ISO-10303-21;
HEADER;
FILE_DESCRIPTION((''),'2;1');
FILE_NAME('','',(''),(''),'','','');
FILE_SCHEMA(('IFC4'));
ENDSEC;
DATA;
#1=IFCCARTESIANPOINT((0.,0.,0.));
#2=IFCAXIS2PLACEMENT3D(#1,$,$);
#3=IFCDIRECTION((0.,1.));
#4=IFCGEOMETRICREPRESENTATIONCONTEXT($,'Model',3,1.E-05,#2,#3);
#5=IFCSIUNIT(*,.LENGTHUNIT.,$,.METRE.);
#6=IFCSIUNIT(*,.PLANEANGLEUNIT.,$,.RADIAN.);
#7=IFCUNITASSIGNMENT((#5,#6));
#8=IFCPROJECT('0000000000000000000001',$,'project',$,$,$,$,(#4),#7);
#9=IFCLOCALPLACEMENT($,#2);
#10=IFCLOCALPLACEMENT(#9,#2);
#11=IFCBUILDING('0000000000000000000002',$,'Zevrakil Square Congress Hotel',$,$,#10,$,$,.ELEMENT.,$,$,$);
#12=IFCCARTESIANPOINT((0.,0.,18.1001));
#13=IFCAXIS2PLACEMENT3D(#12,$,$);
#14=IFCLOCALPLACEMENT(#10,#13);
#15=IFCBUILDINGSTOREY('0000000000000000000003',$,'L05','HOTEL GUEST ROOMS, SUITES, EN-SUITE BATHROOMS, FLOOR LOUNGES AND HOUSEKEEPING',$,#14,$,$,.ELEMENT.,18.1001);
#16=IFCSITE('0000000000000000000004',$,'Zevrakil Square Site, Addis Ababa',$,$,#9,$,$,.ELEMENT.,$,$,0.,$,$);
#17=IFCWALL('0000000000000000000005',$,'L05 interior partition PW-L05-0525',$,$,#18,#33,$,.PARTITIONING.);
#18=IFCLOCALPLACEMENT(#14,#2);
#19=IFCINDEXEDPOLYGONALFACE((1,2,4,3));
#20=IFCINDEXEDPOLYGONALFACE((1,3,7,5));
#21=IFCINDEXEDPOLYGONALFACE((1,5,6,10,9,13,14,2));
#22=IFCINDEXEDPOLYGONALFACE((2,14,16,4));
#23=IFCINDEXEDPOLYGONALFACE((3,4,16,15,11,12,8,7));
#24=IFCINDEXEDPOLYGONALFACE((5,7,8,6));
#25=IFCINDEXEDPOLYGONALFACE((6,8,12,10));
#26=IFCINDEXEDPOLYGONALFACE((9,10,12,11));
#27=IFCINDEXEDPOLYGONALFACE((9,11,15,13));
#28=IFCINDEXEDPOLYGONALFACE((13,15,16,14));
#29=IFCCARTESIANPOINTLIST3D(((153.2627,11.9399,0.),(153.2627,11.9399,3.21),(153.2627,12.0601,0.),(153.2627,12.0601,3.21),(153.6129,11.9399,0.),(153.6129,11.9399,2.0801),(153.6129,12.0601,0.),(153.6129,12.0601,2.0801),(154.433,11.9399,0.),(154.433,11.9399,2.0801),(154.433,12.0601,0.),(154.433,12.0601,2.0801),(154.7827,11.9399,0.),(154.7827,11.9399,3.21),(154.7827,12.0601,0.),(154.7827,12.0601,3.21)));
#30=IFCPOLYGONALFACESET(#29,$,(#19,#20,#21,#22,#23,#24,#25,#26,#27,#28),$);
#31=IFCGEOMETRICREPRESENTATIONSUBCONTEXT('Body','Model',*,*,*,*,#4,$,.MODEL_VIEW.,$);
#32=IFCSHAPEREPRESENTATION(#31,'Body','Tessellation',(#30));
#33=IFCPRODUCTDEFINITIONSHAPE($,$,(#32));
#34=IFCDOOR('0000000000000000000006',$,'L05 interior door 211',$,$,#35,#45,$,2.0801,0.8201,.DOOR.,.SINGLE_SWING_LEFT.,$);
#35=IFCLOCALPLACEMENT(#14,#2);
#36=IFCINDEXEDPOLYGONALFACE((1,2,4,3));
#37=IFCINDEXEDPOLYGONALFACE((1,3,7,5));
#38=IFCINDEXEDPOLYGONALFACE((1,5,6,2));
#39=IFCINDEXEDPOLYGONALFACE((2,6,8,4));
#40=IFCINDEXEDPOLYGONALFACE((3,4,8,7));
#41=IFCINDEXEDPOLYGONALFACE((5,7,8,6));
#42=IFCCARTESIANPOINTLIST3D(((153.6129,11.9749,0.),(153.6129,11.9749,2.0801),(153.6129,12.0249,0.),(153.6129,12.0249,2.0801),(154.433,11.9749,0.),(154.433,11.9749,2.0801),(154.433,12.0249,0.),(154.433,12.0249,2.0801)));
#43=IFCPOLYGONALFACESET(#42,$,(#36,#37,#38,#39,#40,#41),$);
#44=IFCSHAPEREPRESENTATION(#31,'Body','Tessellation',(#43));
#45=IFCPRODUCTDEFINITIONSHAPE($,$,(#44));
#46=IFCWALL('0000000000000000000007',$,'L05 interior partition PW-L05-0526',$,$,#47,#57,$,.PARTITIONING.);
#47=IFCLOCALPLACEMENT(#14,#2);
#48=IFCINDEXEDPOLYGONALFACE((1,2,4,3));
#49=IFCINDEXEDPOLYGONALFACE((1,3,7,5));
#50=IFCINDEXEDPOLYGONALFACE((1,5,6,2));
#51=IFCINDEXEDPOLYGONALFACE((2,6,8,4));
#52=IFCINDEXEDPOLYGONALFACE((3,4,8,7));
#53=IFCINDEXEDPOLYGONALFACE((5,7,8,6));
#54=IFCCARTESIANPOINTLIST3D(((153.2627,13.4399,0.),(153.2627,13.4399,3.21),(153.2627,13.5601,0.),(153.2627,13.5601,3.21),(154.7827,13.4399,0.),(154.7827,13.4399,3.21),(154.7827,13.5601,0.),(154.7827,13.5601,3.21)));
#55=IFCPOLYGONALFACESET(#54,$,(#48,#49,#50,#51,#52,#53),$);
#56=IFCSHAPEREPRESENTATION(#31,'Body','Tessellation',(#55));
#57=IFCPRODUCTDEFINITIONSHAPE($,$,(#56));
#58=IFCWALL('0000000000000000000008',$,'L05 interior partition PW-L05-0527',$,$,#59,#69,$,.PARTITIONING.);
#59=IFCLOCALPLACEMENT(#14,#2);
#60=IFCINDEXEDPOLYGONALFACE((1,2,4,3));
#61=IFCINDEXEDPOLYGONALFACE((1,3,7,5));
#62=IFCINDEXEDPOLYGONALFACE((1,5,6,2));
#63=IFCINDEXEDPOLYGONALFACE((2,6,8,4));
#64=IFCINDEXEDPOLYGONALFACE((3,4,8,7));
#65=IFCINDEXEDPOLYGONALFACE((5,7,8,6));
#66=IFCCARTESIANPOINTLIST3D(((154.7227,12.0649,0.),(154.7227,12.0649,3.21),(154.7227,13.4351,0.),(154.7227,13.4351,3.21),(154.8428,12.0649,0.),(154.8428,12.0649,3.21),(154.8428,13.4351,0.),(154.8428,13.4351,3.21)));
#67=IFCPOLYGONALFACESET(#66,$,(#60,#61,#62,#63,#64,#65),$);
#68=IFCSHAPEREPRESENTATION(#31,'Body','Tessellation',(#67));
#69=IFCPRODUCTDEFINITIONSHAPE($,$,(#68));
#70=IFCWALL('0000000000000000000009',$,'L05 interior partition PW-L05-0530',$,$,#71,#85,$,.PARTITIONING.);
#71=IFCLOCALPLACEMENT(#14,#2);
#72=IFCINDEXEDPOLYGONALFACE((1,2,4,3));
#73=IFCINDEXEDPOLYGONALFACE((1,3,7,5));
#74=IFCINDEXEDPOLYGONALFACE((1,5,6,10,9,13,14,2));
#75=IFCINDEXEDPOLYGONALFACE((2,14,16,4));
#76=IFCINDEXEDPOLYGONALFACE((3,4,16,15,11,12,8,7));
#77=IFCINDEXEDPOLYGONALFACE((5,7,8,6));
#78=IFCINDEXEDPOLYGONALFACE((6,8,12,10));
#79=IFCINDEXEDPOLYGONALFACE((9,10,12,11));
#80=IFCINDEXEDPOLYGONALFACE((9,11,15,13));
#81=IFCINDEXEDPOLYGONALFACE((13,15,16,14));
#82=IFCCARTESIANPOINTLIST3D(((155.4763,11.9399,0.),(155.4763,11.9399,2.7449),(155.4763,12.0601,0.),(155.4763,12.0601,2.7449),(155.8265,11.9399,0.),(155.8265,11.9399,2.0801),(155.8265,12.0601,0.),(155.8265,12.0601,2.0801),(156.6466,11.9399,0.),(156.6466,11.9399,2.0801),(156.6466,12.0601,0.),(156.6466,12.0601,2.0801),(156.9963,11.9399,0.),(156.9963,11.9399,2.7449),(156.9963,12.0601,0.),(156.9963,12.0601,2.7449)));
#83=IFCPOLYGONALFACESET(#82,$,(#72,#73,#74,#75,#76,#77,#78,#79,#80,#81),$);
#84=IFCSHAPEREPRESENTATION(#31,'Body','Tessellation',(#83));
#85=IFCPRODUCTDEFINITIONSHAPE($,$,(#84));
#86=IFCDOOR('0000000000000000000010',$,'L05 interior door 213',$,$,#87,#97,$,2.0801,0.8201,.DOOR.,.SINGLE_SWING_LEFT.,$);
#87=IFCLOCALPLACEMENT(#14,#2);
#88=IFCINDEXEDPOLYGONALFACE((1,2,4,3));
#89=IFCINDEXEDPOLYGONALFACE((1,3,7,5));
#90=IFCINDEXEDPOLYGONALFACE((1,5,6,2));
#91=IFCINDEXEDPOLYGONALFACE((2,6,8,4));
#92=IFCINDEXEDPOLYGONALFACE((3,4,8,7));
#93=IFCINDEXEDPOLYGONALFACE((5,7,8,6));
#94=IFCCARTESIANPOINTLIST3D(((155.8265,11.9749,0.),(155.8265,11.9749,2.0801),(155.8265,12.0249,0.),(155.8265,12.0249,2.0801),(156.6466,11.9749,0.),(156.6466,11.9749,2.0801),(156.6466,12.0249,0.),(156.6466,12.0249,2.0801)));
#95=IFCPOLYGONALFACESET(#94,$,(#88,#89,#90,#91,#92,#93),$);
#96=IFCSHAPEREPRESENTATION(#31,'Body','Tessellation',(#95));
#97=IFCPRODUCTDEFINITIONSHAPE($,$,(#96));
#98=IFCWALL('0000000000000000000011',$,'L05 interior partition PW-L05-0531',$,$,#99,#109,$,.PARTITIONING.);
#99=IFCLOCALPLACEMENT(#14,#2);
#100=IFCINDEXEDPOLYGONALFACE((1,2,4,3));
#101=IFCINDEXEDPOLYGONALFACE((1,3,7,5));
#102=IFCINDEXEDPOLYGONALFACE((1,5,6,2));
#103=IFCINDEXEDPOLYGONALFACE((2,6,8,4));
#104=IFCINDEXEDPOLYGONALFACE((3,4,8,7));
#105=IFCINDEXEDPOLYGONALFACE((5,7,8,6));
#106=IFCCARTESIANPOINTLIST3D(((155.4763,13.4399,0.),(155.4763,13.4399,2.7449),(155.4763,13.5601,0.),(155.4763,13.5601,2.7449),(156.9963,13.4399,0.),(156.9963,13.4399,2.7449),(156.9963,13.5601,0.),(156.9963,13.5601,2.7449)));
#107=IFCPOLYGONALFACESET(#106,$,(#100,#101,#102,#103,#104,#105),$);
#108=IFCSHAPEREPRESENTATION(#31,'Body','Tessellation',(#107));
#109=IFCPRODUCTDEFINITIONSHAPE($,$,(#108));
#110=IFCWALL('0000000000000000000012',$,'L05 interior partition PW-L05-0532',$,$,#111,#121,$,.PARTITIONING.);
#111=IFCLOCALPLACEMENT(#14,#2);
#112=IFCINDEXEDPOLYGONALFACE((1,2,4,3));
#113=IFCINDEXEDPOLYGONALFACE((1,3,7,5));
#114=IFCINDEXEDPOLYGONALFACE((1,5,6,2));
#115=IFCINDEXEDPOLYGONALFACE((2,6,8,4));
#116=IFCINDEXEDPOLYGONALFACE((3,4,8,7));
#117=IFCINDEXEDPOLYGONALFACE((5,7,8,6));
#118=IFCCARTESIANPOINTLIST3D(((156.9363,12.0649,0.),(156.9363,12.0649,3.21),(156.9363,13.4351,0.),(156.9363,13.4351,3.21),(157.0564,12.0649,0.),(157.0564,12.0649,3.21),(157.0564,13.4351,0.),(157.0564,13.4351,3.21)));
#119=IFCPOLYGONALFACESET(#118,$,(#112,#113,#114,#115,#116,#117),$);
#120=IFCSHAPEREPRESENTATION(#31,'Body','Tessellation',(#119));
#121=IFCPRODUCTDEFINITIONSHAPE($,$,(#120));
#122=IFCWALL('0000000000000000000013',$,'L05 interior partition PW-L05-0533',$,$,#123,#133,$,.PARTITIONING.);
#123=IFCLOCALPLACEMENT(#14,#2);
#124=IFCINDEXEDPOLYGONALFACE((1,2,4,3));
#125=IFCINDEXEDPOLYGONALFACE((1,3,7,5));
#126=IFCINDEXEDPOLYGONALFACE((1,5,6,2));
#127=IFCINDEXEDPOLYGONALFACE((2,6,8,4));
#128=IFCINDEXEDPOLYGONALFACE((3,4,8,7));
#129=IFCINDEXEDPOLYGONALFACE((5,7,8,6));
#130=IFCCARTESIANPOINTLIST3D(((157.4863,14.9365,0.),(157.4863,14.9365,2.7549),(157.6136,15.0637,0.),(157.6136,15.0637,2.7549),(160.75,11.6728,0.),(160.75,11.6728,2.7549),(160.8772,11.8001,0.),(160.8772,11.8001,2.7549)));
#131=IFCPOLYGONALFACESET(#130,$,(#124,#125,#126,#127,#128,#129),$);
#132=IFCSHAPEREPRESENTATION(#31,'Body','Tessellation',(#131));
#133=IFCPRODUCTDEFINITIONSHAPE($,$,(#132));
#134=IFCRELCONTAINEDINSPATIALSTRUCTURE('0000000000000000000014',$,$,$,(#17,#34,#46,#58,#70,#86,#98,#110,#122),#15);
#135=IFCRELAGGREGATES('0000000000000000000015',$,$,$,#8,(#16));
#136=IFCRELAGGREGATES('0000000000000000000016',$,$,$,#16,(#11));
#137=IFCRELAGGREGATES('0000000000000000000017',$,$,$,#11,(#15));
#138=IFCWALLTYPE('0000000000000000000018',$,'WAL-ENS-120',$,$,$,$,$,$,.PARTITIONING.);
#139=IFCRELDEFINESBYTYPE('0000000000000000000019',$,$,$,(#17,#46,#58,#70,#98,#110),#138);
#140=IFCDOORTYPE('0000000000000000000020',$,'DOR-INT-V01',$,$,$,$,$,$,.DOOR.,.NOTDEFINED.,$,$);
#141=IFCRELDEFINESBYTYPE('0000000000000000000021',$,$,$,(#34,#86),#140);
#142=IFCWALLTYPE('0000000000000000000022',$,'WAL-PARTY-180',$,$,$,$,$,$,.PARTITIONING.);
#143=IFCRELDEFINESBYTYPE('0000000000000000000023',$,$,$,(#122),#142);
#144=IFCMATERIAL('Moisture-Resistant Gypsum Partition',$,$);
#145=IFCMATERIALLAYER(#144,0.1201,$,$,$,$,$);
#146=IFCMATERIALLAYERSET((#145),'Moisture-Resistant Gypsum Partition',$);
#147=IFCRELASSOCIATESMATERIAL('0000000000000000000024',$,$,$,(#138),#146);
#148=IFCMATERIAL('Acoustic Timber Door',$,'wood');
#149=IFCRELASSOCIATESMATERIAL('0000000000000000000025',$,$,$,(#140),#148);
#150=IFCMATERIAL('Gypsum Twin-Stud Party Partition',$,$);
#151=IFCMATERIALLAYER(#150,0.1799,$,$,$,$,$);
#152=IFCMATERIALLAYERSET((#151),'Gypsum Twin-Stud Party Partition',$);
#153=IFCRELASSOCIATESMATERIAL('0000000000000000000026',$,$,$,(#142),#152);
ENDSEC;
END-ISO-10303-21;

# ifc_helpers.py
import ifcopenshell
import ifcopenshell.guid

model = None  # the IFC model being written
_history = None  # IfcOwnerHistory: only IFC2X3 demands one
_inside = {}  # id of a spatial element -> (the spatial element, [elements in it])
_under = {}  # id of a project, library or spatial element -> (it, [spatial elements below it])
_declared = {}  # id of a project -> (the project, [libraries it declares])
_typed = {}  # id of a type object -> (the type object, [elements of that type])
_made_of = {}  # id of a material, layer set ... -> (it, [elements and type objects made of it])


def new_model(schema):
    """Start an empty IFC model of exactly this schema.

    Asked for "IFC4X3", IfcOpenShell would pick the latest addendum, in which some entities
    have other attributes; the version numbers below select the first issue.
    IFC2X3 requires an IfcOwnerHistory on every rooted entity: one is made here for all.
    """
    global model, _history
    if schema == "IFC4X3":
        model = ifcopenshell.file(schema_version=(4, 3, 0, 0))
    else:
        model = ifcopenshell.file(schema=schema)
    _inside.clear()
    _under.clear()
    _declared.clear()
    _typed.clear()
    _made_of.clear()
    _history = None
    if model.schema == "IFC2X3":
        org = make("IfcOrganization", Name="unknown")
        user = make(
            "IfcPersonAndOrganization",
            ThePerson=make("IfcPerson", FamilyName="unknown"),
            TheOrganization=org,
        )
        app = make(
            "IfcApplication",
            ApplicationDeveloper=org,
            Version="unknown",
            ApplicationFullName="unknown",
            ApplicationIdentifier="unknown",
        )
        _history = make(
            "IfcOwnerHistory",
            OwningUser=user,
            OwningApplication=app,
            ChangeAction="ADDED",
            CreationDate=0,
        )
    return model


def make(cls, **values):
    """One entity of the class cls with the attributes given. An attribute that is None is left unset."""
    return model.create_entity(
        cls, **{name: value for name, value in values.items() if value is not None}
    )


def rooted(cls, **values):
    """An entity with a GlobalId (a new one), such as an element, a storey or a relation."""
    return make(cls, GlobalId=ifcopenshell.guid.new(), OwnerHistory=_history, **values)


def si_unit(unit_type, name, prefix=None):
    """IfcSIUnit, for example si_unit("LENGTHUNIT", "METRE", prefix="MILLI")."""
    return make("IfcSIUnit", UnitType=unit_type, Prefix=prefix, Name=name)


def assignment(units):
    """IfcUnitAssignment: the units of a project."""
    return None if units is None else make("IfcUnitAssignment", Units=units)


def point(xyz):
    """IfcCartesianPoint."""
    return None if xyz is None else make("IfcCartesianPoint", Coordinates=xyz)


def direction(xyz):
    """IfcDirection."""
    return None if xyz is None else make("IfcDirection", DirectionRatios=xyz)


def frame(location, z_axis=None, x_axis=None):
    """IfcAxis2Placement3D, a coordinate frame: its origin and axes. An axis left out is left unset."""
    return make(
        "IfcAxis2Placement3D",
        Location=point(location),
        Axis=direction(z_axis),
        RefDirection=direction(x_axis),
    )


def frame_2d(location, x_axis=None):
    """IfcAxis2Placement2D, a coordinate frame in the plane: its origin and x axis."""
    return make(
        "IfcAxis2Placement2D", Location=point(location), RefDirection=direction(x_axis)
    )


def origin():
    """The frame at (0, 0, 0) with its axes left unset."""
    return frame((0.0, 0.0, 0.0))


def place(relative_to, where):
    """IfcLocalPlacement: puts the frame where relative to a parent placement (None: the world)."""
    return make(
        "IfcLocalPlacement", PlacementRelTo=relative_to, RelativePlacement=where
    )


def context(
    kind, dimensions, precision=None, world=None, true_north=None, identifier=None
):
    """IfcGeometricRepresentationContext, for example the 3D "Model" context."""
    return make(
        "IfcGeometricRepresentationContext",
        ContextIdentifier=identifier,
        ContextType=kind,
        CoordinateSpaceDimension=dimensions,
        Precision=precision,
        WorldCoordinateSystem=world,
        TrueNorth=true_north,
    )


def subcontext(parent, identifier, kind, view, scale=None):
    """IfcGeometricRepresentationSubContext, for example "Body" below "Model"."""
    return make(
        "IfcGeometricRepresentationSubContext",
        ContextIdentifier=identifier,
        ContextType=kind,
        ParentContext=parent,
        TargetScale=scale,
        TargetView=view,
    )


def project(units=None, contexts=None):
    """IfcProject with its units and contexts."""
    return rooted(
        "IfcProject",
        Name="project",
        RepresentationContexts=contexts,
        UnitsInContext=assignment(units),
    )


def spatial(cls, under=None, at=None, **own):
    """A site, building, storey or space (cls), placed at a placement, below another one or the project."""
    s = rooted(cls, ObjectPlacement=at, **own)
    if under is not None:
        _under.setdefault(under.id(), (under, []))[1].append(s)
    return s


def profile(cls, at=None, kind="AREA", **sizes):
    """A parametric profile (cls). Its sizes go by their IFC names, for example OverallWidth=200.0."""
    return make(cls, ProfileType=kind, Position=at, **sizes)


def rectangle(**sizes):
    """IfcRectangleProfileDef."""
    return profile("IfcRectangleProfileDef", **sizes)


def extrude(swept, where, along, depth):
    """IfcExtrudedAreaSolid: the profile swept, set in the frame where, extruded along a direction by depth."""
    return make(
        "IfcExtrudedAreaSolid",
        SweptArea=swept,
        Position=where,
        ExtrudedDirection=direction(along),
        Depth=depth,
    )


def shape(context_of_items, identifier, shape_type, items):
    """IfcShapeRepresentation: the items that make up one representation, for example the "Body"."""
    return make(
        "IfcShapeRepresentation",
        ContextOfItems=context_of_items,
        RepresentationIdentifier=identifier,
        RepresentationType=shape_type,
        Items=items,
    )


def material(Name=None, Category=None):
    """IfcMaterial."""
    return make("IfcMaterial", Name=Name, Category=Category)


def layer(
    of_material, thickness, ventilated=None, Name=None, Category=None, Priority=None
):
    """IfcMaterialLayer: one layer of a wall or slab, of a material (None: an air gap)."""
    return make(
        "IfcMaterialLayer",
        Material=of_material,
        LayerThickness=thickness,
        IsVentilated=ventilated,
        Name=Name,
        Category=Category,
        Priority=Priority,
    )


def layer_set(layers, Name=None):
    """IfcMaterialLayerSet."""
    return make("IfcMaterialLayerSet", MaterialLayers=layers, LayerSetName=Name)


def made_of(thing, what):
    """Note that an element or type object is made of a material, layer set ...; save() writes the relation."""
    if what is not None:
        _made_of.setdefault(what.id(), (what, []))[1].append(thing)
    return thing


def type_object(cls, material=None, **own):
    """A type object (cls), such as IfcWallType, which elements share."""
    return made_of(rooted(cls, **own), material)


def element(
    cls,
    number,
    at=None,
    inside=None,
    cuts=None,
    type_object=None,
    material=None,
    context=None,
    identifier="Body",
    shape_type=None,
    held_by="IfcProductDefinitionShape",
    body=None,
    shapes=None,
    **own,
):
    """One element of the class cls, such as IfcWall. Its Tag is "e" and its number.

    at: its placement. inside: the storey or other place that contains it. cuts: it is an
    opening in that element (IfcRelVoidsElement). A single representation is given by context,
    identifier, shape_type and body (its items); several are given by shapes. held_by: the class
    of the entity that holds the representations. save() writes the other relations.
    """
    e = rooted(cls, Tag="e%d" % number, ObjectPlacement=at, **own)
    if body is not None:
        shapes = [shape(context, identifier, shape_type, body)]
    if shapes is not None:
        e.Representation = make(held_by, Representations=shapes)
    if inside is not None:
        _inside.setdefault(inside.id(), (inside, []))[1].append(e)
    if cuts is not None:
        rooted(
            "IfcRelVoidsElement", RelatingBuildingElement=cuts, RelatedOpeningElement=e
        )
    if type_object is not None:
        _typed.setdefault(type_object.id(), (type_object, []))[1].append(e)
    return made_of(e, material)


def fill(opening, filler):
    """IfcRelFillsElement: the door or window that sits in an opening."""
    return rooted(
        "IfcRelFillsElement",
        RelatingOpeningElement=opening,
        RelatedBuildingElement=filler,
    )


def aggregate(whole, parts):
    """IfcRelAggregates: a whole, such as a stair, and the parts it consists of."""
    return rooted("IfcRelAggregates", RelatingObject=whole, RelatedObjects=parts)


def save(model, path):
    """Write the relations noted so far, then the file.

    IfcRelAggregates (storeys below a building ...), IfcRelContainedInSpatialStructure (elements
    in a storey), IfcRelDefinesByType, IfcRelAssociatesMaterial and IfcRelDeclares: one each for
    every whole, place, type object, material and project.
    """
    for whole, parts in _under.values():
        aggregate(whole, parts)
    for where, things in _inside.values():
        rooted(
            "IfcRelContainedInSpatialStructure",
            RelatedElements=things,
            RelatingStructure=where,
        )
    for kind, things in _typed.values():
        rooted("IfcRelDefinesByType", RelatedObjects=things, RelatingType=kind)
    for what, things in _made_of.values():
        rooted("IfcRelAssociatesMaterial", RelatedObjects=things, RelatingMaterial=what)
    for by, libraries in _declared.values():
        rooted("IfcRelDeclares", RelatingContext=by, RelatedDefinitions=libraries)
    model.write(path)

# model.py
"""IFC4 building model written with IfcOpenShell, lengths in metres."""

from ifc_helpers import new_model, si_unit, direction, frame, frame_2d, origin, place, context, subcontext, project, spatial, rectangle, extrude, material, layer, layer_set, type_object, element, fill, save


model = new_model("IFC4")

# Units and contexts
model_context = context("Model", 3, precision=1e-05, world=origin(), true_north=direction((0.0, 1.0)))
body_context = subcontext(model_context, "Body", "Model", "MODEL_VIEW")
ifc_project = project(units=[si_unit("LENGTHUNIT", "METRE"), si_unit("PLANEANGLEUNIT", "RADIAN")], contexts=[model_context])

# Site, building, storey
site_placement = place(None, origin())
site = spatial("IfcSite", under=ifc_project, at=site_placement, Name="Zevrakil Square Site, Addis Ababa", CompositionType="ELEMENT", RefElevation=0.0)
building_placement = place(site_placement, origin())
building = spatial("IfcBuilding", under=site, at=building_placement, Name="Zevrakil Square Congress Hotel", CompositionType="ELEMENT")
storey_placement = place(building_placement, frame((0.0, 0.0, 18.1001)))
storey = spatial("IfcBuildingStorey", under=building, at=storey_placement, Name="L05", Description="HOTEL GUEST ROOMS, SUITES, EN-SUITE BATHROOMS, FLOOR LOUNGES AND HOUSEKEEPING", CompositionType="ELEMENT", Elevation=18.1001)

# Wall, opening, door
ifc_material_1 = material(Name="Moisture-Resistant Gypsum Partition")
ifc_layer_1 = layer(ifc_material_1, 0.1201)
ifc_layer_set_1 = layer_set([ifc_layer_1], Name="Moisture-Resistant Gypsum Partition")
wall_type_1 = type_object("IfcWallType", Name="WAL-ENS-120", PredefinedType="PARTITIONING", material=ifc_layer_set_1)
wall_1_placement = place(storey_placement, frame((153.2627, 12.0, 0.0), z_axis=(0.0, 0.0, 1.0), x_axis=(1.0, 0.0, 0.0)))
wall_1 = element("IfcWall", 1, at=wall_1_placement, inside=storey, type_object=wall_type_1, Name="L05 interior partition PW-L05-0525", PredefinedType="PARTITIONING", context=body_context, shape_type="SweptSolid", body=[
    extrude(rectangle(XDim=1.52, YDim=0.1201, at=frame_2d((0.76, 0.0))), origin(), (0.0, 0.0, 1.0), 3.21),
])
opening_1_placement = place(wall_1_placement, frame((0.3501, 0.0, 0.0)))
opening_1 = element("IfcOpeningElement", 2, at=opening_1_placement, cuts=wall_1, PredefinedType="OPENING", context=body_context, shape_type="SweptSolid", body=[
    extrude(rectangle(XDim=0.8201, YDim=2.0801, at=frame_2d((0.4102, 1.04))), frame((0.0, 0.0701, 0.0), z_axis=(0.0, -1.0, 0.0), x_axis=(1.0, 0.0, 0.0)), (0.0, 0.0, 1.0), 0.1401),
])
ifc_material_2 = material(Name="Acoustic Timber Door", Category="wood")
door_type_1 = type_object("IfcDoorType", Name="DOR-INT-V01", OperationType="NOTDEFINED", PredefinedType="DOOR", material=ifc_material_2)
door_1_placement = place(opening_1_placement, origin())
door_1 = element("IfcDoor", 3, at=door_1_placement, inside=storey, type_object=door_type_1, Name="L05 interior door 211", OperationType="SINGLE_SWING_LEFT", OverallHeight=2.0801, OverallWidth=0.8201, PredefinedType="DOOR", context=body_context, shape_type="SweptSolid", body=[
    extrude(rectangle(XDim=0.8201, YDim=2.0801, at=frame_2d((0.4102, 1.04))), frame((0.0, 0.0249, 0.0), z_axis=(0.0, -1.0, 0.0), x_axis=(1.0, 0.0, 0.0)), (0.0, 0.0, 1.0), 0.05),
])
fill(opening_1, door_1)

# Walls
wall_2_placement = place(storey_placement, frame((153.2627, 13.5, 0.0), z_axis=(0.0, 0.0, 1.0), x_axis=(1.0, 0.0, 0.0)))
element("IfcWall", 4, at=wall_2_placement, inside=storey, type_object=wall_type_1, Name="L05 interior partition PW-L05-0526", PredefinedType="PARTITIONING", context=body_context, shape_type="SweptSolid", body=[
    extrude(rectangle(XDim=1.52, YDim=0.1201, at=frame_2d((0.76, 0.0))), origin(), (0.0, 0.0, 1.0), 3.21),
])
wall_3_placement = place(storey_placement, frame((154.7827, 12.0649, 0.0), z_axis=(0.0, 0.0, 1.0), x_axis=(0.0, 1.0, 0.0)))
element("IfcWall", 5, at=wall_3_placement, inside=storey, type_object=wall_type_1, Name="L05 interior partition PW-L05-0527", PredefinedType="PARTITIONING", context=body_context, shape_type="SweptSolid", body=[
    extrude(rectangle(XDim=1.3701, YDim=0.1201, at=frame_2d((0.6851, 0.0))), origin(), (0.0, 0.0, 1.0), 3.21),
])

# Wall, opening, door
wall_4_placement = place(storey_placement, frame((155.4763, 12.0, 0.0), z_axis=(0.0, 0.0, 1.0), x_axis=(1.0, 0.0, 0.0)))
wall_4 = element("IfcWall", 6, at=wall_4_placement, inside=storey, type_object=wall_type_1, Name="L05 interior partition PW-L05-0530", PredefinedType="PARTITIONING", context=body_context, shape_type="SweptSolid", body=[
    extrude(rectangle(XDim=1.52, YDim=0.1201, at=frame_2d((0.76, 0.0))), origin(), (0.0, 0.0, 1.0), 2.7449),
])
opening_2_placement = place(wall_4_placement, frame((0.3501, 0.0, 0.0)))
opening_2 = element("IfcOpeningElement", 7, at=opening_2_placement, cuts=wall_4, PredefinedType="OPENING", context=body_context, shape_type="SweptSolid", body=[
    extrude(rectangle(XDim=0.8201, YDim=2.0801, at=frame_2d((0.4102, 1.04))), frame((0.0, 0.0701, 0.0), z_axis=(0.0, -1.0, 0.0), x_axis=(1.0, 0.0, 0.0)), (0.0, 0.0, 1.0), 0.1401),
])
door_2_placement = place(opening_2_placement, origin())
door_2 = element("IfcDoor", 8, at=door_2_placement, inside=storey, type_object=door_type_1, Name="L05 interior door 213", OperationType="SINGLE_SWING_LEFT", OverallHeight=2.0801, OverallWidth=0.8201, PredefinedType="DOOR", context=body_context, shape_type="SweptSolid", body=[
    extrude(rectangle(XDim=0.8201, YDim=2.0801, at=frame_2d((0.4102, 1.04))), frame((0.0, 0.0249, 0.0), z_axis=(0.0, -1.0, 0.0), x_axis=(1.0, 0.0, 0.0)), (0.0, 0.0, 1.0), 0.05),
])
fill(opening_2, door_2)

# Walls
wall_5_placement = place(storey_placement, frame((155.4763, 13.5, 0.0), z_axis=(0.0, 0.0, 1.0), x_axis=(1.0, 0.0, 0.0)))
element("IfcWall", 9, at=wall_5_placement, inside=storey, type_object=wall_type_1, Name="L05 interior partition PW-L05-0531", PredefinedType="PARTITIONING", context=body_context, shape_type="SweptSolid", body=[
    extrude(rectangle(XDim=1.52, YDim=0.1201, at=frame_2d((0.76, 0.0))), origin(), (0.0, 0.0, 1.0), 2.7449),
])
wall_6_placement = place(storey_placement, frame((156.9963, 12.0649, 0.0), z_axis=(0.0, 0.0, 1.0), x_axis=(0.0, 1.0, 0.0)))
element("IfcWall", 10, at=wall_6_placement, inside=storey, type_object=wall_type_1, Name="L05 interior partition PW-L05-0532", PredefinedType="PARTITIONING", context=body_context, shape_type="SweptSolid", body=[
    extrude(rectangle(XDim=1.3701, YDim=0.1201, at=frame_2d((0.6851, 0.0))), origin(), (0.0, 0.0, 1.0), 3.21),
])
ifc_material_3 = material(Name="Gypsum Twin-Stud Party Partition")
ifc_layer_2 = layer(ifc_material_3, 0.1799)
ifc_layer_set_2 = layer_set([ifc_layer_2], Name="Gypsum Twin-Stud Party Partition")
wall_type_2 = type_object("IfcWallType", Name="WAL-PARTY-180", PredefinedType="PARTITIONING", material=ifc_layer_set_2)
wall_7_placement = place(storey_placement, frame((157.55, 15.0, 0.0), z_axis=(0.0, 0.0, 1.0), x_axis=(0.707107, -0.707107, 0.0)))
element("IfcWall", 11, at=wall_7_placement, inside=storey, type_object=wall_type_2, Name="L05 interior partition PW-L05-0533", PredefinedType="PARTITIONING", context=body_context, shape_type="SweptSolid", body=[
    extrude(rectangle(XDim=4.6155, YDim=0.1799, at=frame_2d((2.3076, 0.0))), origin(), (0.0, 0.0, 1.0), 2.7549),
])

save(model, "model.ifc")
